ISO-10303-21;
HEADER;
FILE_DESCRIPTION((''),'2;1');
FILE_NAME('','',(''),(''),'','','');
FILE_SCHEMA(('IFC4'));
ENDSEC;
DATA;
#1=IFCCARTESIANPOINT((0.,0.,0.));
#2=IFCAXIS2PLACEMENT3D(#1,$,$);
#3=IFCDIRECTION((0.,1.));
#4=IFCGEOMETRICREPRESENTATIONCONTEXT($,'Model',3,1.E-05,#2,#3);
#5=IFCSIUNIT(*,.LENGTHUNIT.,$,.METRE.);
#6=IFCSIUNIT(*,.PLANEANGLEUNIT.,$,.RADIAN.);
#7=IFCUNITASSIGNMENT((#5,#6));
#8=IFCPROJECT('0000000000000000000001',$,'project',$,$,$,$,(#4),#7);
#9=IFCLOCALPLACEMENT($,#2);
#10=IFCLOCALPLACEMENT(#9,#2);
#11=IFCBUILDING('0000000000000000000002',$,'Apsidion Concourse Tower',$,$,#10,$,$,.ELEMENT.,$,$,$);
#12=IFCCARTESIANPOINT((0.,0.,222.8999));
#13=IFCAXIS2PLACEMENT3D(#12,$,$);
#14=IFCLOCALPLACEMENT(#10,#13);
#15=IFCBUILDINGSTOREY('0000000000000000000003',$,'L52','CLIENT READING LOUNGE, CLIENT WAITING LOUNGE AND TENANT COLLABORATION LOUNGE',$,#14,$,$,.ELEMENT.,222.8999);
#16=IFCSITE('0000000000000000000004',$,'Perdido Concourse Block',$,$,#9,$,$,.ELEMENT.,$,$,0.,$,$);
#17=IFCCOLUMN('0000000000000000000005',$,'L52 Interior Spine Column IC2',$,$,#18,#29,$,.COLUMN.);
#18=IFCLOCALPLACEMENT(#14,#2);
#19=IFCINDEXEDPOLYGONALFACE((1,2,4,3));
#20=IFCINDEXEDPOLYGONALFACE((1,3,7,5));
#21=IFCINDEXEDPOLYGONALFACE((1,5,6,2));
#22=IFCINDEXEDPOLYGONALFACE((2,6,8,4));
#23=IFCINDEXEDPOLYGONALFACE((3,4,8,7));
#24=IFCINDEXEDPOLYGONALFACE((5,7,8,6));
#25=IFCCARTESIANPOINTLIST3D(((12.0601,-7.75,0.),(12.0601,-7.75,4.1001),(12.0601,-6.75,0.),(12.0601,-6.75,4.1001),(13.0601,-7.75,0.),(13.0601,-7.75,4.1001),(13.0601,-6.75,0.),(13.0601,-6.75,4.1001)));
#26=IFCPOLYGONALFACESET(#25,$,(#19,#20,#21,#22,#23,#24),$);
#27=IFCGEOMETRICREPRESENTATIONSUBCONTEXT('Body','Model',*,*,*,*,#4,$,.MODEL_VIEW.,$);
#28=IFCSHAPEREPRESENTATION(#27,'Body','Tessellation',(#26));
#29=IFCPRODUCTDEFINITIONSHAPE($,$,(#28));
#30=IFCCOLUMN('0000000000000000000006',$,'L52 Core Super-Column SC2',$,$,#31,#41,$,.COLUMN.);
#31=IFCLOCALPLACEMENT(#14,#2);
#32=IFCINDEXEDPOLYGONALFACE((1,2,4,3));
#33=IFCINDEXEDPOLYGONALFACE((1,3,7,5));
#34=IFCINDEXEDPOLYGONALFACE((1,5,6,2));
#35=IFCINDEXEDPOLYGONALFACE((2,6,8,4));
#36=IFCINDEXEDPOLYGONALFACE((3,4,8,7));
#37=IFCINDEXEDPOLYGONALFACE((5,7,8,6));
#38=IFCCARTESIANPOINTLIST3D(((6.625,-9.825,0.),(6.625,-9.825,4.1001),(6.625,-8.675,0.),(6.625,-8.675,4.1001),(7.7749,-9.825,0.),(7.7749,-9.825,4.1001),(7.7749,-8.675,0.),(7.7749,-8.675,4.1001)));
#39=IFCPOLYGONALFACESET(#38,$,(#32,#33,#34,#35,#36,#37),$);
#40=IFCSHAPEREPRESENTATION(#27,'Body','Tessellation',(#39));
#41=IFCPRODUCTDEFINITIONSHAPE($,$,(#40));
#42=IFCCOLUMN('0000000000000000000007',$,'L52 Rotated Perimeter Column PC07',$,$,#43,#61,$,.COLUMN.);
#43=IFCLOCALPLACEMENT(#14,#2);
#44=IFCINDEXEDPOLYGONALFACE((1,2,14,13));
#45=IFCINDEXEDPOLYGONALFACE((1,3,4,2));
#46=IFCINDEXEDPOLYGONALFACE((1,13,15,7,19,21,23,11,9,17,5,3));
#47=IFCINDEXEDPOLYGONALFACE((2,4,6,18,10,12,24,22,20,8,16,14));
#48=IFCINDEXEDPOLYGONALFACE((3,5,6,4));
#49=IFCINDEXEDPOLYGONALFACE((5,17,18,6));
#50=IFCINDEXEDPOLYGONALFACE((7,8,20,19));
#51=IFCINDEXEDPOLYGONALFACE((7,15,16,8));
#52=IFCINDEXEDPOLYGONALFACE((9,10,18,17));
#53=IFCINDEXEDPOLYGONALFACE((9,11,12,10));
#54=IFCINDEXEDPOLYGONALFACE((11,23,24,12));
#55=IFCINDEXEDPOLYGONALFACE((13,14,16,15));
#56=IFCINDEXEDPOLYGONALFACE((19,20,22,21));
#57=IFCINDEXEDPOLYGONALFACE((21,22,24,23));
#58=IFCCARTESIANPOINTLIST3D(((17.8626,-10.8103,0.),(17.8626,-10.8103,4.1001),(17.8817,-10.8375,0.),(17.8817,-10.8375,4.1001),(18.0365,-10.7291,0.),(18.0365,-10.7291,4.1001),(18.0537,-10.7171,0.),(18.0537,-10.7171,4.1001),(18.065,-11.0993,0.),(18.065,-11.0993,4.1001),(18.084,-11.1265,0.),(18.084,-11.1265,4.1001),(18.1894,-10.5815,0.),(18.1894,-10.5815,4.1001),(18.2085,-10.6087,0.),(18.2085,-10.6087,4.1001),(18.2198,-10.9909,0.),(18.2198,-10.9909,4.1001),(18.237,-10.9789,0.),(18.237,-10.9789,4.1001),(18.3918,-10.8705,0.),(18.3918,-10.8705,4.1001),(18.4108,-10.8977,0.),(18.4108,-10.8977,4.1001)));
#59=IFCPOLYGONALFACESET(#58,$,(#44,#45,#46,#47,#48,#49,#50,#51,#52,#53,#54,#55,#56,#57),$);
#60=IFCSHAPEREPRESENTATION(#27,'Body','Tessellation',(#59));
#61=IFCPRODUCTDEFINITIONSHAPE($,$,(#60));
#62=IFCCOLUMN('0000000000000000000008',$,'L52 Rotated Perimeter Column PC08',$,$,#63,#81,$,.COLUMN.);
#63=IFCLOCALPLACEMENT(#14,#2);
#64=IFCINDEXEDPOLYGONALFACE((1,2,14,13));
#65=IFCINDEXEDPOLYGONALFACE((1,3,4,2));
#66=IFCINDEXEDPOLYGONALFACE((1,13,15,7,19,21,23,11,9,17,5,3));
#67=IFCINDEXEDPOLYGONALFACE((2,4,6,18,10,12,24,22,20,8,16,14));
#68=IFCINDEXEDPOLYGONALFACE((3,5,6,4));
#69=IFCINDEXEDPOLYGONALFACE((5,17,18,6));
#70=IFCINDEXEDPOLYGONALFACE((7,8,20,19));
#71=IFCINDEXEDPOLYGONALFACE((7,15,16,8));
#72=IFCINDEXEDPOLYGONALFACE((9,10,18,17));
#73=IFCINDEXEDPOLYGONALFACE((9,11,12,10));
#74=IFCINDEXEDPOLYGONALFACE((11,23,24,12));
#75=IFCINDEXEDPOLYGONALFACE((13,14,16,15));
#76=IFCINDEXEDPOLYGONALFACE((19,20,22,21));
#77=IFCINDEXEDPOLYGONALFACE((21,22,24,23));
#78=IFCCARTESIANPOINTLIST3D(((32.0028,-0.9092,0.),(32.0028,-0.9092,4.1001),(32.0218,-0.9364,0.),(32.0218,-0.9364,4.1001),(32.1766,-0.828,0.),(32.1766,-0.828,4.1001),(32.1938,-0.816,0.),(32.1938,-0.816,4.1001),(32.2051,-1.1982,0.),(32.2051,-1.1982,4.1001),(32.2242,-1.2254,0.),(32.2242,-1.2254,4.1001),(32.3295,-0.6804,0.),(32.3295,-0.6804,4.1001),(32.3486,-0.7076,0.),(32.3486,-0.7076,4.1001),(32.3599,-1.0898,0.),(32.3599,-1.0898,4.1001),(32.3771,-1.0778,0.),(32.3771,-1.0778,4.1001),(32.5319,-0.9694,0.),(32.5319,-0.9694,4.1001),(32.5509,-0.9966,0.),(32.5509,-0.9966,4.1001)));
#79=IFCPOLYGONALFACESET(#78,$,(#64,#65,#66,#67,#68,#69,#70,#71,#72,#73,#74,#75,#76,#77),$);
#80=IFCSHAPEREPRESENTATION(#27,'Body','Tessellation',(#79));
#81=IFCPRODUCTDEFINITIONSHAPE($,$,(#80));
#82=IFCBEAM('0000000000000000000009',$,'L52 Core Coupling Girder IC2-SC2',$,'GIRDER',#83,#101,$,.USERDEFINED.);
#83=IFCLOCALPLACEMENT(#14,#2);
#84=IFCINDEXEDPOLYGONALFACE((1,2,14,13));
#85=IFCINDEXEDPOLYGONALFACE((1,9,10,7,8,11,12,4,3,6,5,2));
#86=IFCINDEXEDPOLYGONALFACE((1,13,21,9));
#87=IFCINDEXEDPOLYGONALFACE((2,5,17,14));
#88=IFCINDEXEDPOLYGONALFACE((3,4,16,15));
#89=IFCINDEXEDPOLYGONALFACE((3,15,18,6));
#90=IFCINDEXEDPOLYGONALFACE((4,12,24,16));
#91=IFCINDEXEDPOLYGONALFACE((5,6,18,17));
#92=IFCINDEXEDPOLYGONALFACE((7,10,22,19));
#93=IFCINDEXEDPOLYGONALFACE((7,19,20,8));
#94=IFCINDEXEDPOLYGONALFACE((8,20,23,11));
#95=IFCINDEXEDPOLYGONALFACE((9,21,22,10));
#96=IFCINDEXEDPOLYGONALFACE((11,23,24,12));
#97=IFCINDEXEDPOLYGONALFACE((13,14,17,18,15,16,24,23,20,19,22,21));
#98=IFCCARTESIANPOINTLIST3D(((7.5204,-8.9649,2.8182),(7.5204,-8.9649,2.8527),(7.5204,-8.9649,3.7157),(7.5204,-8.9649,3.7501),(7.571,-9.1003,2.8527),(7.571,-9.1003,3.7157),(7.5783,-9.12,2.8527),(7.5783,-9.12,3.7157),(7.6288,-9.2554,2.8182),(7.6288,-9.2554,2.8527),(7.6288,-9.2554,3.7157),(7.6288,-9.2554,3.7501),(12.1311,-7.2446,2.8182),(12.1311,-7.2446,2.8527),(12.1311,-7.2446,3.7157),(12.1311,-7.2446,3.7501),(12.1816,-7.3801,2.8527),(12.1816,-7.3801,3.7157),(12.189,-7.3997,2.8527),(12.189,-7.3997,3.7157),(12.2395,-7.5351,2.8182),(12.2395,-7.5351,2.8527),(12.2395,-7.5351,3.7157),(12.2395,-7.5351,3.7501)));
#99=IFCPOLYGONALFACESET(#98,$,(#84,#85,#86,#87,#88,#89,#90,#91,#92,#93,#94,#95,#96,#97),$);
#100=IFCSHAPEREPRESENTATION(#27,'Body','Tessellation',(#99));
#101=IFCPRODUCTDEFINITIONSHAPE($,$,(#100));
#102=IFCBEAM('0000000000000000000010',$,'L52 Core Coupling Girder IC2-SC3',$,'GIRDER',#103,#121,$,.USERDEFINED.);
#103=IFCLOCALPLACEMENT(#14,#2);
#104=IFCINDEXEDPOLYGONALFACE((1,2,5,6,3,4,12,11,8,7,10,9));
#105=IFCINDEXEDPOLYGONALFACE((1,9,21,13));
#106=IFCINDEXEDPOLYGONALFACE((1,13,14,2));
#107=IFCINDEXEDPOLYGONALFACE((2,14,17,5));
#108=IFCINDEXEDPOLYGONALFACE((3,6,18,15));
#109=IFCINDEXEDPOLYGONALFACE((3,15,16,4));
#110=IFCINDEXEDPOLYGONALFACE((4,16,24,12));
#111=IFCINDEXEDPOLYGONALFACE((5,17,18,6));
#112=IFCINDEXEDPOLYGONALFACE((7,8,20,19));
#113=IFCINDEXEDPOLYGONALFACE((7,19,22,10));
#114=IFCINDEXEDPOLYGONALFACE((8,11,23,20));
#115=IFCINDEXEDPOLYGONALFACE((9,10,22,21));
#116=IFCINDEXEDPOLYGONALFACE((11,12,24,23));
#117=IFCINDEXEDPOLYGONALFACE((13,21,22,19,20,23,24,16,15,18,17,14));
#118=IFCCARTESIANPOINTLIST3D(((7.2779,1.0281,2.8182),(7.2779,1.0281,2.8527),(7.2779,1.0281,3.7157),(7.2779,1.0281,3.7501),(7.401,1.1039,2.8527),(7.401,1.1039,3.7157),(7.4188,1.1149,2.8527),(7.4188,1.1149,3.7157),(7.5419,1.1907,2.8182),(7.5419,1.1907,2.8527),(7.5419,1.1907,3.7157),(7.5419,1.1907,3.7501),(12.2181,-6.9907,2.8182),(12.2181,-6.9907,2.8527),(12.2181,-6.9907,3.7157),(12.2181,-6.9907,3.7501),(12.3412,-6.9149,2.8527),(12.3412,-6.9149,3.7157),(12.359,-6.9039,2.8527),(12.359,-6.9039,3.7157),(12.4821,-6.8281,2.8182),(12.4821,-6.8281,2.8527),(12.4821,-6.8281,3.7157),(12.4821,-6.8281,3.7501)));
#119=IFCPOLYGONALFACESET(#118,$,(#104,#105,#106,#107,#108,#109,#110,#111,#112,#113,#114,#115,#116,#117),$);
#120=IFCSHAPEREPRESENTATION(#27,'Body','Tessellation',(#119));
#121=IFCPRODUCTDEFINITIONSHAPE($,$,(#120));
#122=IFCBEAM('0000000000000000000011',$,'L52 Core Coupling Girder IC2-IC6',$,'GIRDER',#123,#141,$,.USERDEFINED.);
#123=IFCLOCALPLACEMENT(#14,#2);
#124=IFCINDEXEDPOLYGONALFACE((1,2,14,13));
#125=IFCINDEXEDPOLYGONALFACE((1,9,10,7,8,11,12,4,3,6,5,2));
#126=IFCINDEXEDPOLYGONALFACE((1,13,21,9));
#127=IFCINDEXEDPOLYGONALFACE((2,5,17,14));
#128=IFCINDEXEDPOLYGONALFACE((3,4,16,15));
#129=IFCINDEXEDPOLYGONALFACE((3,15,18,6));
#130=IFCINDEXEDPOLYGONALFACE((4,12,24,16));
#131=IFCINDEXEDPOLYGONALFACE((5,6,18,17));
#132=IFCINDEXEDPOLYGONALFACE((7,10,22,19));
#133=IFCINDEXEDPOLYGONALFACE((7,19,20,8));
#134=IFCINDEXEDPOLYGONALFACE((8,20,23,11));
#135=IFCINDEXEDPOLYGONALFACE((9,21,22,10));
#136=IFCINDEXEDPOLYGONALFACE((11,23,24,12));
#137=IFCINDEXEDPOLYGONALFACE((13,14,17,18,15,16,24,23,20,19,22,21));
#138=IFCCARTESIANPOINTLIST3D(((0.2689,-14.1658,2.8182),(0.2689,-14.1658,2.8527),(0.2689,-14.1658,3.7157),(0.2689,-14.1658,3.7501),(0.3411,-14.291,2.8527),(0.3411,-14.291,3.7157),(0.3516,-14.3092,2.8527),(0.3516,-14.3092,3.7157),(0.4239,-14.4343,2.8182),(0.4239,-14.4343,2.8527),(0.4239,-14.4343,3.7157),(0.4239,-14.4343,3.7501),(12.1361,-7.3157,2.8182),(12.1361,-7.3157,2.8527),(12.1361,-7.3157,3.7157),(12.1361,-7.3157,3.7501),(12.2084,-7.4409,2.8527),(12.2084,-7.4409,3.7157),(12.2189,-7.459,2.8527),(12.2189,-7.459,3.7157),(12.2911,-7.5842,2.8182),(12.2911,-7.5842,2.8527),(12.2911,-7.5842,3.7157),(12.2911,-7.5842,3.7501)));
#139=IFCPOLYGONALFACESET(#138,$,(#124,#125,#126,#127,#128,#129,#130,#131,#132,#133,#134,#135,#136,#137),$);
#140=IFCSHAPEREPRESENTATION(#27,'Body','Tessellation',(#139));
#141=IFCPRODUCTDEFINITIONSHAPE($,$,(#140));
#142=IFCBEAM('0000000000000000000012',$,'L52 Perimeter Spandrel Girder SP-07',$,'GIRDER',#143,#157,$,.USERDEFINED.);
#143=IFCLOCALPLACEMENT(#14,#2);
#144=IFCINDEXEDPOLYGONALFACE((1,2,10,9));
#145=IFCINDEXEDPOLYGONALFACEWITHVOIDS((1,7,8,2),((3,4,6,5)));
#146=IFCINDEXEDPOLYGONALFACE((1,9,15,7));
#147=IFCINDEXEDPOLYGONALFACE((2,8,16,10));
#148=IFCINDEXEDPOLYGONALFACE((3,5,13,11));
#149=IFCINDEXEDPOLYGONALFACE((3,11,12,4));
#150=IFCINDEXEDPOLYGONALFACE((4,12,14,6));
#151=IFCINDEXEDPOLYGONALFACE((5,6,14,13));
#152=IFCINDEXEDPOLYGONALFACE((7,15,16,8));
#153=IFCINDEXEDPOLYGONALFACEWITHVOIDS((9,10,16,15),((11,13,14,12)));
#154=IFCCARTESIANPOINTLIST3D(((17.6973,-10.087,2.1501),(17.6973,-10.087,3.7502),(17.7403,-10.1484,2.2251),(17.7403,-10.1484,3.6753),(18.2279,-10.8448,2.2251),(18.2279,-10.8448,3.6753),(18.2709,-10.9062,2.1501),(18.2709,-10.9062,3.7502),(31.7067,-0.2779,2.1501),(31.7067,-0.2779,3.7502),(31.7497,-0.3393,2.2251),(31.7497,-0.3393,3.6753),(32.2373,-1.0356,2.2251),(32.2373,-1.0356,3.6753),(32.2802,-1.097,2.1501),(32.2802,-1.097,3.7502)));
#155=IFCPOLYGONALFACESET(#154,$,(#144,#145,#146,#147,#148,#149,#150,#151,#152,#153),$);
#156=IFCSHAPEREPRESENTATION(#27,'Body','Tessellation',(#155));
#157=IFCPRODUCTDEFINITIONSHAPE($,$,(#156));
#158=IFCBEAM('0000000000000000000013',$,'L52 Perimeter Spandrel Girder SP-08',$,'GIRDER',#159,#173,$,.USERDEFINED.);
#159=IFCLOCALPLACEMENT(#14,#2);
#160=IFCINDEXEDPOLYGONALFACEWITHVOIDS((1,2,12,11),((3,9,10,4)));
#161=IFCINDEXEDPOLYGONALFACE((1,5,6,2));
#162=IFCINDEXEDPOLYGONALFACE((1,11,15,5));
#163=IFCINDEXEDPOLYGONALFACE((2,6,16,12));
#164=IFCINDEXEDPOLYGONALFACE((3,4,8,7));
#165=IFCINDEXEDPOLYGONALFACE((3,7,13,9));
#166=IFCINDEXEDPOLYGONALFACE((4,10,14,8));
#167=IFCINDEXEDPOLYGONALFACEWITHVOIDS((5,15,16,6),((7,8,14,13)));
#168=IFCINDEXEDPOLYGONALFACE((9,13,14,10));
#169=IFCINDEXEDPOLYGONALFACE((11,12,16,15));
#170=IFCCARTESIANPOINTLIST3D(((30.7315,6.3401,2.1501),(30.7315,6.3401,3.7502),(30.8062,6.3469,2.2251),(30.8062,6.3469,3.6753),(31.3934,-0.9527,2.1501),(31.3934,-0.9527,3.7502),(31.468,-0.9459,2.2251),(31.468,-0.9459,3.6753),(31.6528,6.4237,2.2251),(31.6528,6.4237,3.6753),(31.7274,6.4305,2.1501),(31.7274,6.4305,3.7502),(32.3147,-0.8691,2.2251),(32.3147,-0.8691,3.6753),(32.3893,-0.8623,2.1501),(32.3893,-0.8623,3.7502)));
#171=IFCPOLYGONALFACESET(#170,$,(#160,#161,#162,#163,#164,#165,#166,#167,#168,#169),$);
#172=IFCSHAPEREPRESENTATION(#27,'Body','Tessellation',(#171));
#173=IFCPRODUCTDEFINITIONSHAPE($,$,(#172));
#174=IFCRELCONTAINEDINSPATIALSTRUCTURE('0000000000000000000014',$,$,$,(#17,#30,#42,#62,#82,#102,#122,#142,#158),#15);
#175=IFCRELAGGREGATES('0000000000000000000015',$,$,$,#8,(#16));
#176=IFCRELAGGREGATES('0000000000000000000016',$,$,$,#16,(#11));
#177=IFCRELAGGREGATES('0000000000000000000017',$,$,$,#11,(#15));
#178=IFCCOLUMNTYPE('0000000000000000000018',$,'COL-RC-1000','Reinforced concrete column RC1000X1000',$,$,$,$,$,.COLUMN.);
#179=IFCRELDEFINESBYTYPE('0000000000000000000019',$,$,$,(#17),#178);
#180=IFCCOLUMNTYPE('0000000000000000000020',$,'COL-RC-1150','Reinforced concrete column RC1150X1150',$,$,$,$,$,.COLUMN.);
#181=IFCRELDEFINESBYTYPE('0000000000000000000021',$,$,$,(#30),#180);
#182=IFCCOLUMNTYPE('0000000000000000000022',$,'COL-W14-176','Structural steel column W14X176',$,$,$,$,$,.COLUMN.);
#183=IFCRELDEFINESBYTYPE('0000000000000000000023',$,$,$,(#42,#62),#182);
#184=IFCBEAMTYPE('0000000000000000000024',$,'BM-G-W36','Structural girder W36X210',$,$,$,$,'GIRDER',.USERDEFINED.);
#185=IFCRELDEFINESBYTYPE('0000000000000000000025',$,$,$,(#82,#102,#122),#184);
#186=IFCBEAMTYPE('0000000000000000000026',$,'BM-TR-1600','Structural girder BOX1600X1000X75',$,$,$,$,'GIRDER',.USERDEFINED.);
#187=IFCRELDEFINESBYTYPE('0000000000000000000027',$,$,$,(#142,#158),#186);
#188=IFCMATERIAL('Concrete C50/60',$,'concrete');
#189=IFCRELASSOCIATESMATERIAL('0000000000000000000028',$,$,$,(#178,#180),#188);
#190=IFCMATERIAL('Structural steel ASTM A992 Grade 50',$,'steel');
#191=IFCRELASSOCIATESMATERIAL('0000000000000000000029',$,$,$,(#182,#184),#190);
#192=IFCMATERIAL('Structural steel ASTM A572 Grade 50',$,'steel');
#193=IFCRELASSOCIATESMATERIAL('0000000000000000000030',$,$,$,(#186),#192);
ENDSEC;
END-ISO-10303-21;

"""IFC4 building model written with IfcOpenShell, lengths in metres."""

from ifc_helpers import new_model, si_unit, direction, frame, origin, origin_2d, place, context, subcontext, project, spatial, rectangle, hollow_rectangle, i_section, extrude, material, material_profile, profile_set, type_object, element, save


model = new_model("IFC4")

# Units and contexts
model_context = context("Model", 3, precision=1e-05, world=origin(), true_north=direction((0.0, 1.0)))
body_context = subcontext(model_context, "Body", "Model", "MODEL_VIEW")
ifc_project = project(units=[si_unit("LENGTHUNIT", "METRE"), si_unit("PLANEANGLEUNIT", "RADIAN")], contexts=[model_context])

# Site, building, storey
site_placement = place(None, origin())
site = spatial("IfcSite", under=ifc_project, at=site_placement, Name="Perdido Concourse Block", CompositionType="ELEMENT", RefElevation=0.0)
building_placement = place(site_placement, origin())
building = spatial("IfcBuilding", under=site, at=building_placement, Name="Apsidion Concourse Tower", CompositionType="ELEMENT")
storey_placement = place(building_placement, frame((0.0, 0.0, 222.8999)))
storey = spatial("IfcBuildingStorey", under=building, at=storey_placement, Name="L52", Description="CLIENT READING LOUNGE, CLIENT WAITING LOUNGE AND TENANT COLLABORATION LOUNGE", CompositionType="ELEMENT", Elevation=222.8999)

# Columns
ifc_material_1 = material(Name="Concrete C50/60", Category="concrete")
ifc_material_profile_1 = material_profile(ifc_material_1, rectangle(XDim=1.0, YDim=1.0, at=origin_2d()), Name="RC 1000x1000")
ifc_profile_set_1 = profile_set([ifc_material_profile_1], Name="Concrete C50/60")
column_type_1 = type_object("IfcColumnType", Name="COL-RC-1000", Description="Reinforced concrete column RC1000X1000", PredefinedType="COLUMN", material=ifc_profile_set_1)
column_1_placement = place(storey_placement, frame((12.5601, -7.25, 0.0), z_axis=(0.0, 0.0, 1.0), x_axis=(1.0, 0.0, 0.0)))
element("IfcColumn", 1, at=column_1_placement, inside=storey, type_object=column_type_1, Name="L52 Interior Spine Column IC2", PredefinedType="COLUMN", context=body_context, shape_type="SweptSolid", body=[
    extrude(rectangle(XDim=1.0, YDim=1.0, at=origin_2d()), origin(), (0.0, 0.0, 1.0), 4.1001),
])
ifc_material_profile_2 = material_profile(ifc_material_1, rectangle(XDim=1.1499, YDim=1.1499, at=origin_2d()), Name="RC 1150x1150")
ifc_profile_set_2 = profile_set([ifc_material_profile_2], Name="Concrete C50/60")
column_type_2 = type_object("IfcColumnType", Name="COL-RC-1150", Description="Reinforced concrete column RC1150X1150", PredefinedType="COLUMN", material=ifc_profile_set_2)
column_2_placement = place(storey_placement, frame((7.2, -9.25, 0.0), z_axis=(0.0, 0.0, 1.0), x_axis=(1.0, 0.0, 0.0)))
element("IfcColumn", 2, at=column_2_placement, inside=storey, type_object=column_type_2, Name="L52 Core Super-Column SC2", PredefinedType="COLUMN", context=body_context, shape_type="SweptSolid", body=[
    extrude(rectangle(XDim=1.1499, YDim=1.1499, at=origin_2d()), origin(), (0.0, 0.0, 1.0), 4.1001),
])
ifc_material_2 = material(Name="Structural steel ASTM A992 Grade 50", Category="steel")
ifc_material_profile_3 = material_profile(ifc_material_2, i_section(OverallWidth=0.3989, OverallDepth=0.386, WebThickness=0.021, FlangeThickness=0.0332, at=origin_2d()), Name="W14X176")
ifc_profile_set_3 = profile_set([ifc_material_profile_3], Name="Structural steel ASTM A992 Grade 50")
column_type_3 = type_object("IfcColumnType", Name="COL-W14-176", Description="Structural steel column W14X176", PredefinedType="COLUMN", material=ifc_profile_set_3)
for number, where, z_axis, x_axis, name in (
    (3, (18.1367, -10.854, 0.0), (0.0, 0.0, 1.0), (0.819152, 0.573576, 0.0), "L52 Rotated Perimeter Column PC07"),
    (4, (32.2769, -0.9529, 0.0), (0.0, 0.0, 1.0), (0.819152, 0.573576, 0.0), "L52 Rotated Perimeter Column PC08"),
):
    element("IfcColumn", number, at=place(storey_placement, frame(where, z_axis=z_axis, x_axis=x_axis)), inside=storey, type_object=column_type_3, Name=name, PredefinedType="COLUMN", context=body_context, shape_type="SweptSolid", body=[
        extrude(i_section(OverallWidth=0.3989, OverallDepth=0.386, WebThickness=0.021, FlangeThickness=0.0332, at=origin_2d()), origin(), (0.0, 0.0, 1.0), 4.1001),
    ])

# Beams
ifc_material_profile_4 = material_profile(ifc_material_2, i_section(OverallWidth=0.3101, OverallDepth=0.9319, WebThickness=0.021, FlangeThickness=0.0344, at=origin_2d()), Name="W36X210")
ifc_profile_set_4 = profile_set([ifc_material_profile_4], Name="Structural steel ASTM A992 Grade 50")
beam_type_1 = type_object("IfcBeamType", Name="BM-G-W36", Description="Structural girder W36X210", ElementType="GIRDER", PredefinedType="USERDEFINED", material=ifc_profile_set_4)
beam_1_placement = place(storey_placement, frame((12.1853, -7.3899, 3.2842), z_axis=(-0.936913, -0.349563, 0.0), x_axis=(0.349563, -0.936913, 0.0)))
element("IfcBeam", 5, at=beam_1_placement, inside=storey, type_object=beam_type_1, Name="L52 Core Coupling Girder IC2-SC2", ObjectType="GIRDER", PredefinedType="USERDEFINED", context=body_context, shape_type="SweptSolid", body=[
    extrude(i_section(OverallWidth=0.3101, OverallDepth=0.9319, WebThickness=0.021, FlangeThickness=0.0344, at=origin_2d()), origin(), (0.0, 0.0, 1.0), 4.9211),
])
beam_2_placement = place(storey_placement, frame((12.3501, -6.9094, 3.2842), z_axis=(-0.524524, 0.851396, 0.0), x_axis=(-0.851396, -0.524524, 0.0)))
element("IfcBeam", 6, at=beam_2_placement, inside=storey, type_object=beam_type_1, Name="L52 Core Coupling Girder IC2-SC3", ObjectType="GIRDER", PredefinedType="USERDEFINED", context=body_context, shape_type="SweptSolid", body=[
    extrude(i_section(OverallWidth=0.3101, OverallDepth=0.9319, WebThickness=0.021, FlangeThickness=0.0344, at=origin_2d()), origin(), (0.0, 0.0, 1.0), 9.4185),
])
beam_3_placement = place(storey_placement, frame((12.2136, -7.45, 3.2842), z_axis=(-0.86607, -0.499922, 0.0), x_axis=(0.499922, -0.86607, 0.0)))
element("IfcBeam", 7, at=beam_3_placement, inside=storey, type_object=beam_type_1, Name="L52 Core Coupling Girder IC2-IC6", ObjectType="GIRDER", PredefinedType="USERDEFINED", context=body_context, shape_type="SweptSolid", body=[
    extrude(i_section(OverallWidth=0.3101, OverallDepth=0.9319, WebThickness=0.021, FlangeThickness=0.0344, at=origin_2d()), origin(), (0.0, 0.0, 1.0), 13.7024),
])
ifc_material_3 = material(Name="Structural steel ASTM A572 Grade 50", Category="steel")
ifc_material_profile_5 = material_profile(ifc_material_3, hollow_rectangle(XDim=1.0, YDim=1.6001, WallThickness=0.075, at=origin_2d()), Name="BOX1600X1000X75")
ifc_profile_set_5 = profile_set([ifc_material_profile_5], Name="Structural steel ASTM A572 Grade 50")
beam_type_2 = type_object("IfcBeamType", Name="BM-TR-1600", Description="Structural girder BOX1600X1000X75", ElementType="GIRDER", PredefinedType="USERDEFINED", material=ifc_profile_set_5)
beam_4_placement = place(storey_placement, frame((17.9841, -10.4966, 2.9502), z_axis=(0.819161, 0.573564, 0.0), x_axis=(-0.573564, 0.819161, 0.0)))
element("IfcBeam", 8, at=beam_4_placement, inside=storey, type_object=beam_type_2, Name="L52 Perimeter Spandrel Girder SP-07", ObjectType="GIRDER", PredefinedType="USERDEFINED", context=body_context, shape_type="SweptSolid", body=[
    extrude(hollow_rectangle(XDim=1.0, YDim=1.6001, WallThickness=0.075, at=origin_2d()), origin(), (0.0, 0.0, 1.0), 17.1021),
])
beam_5_placement = place(storey_placement, frame((31.8914, -0.9075, 2.9502), z_axis=(-0.090385, 0.995907, 0.0), x_axis=(-0.995907, -0.090385, 0.0)))
element("IfcBeam", 9, at=beam_5_placement, inside=storey, type_object=beam_type_2, Name="L52 Perimeter Spandrel Girder SP-08", ObjectType="GIRDER", PredefinedType="USERDEFINED", context=body_context, shape_type="SweptSolid", body=[
    extrude(hollow_rectangle(XDim=1.0, YDim=1.6001, WallThickness=0.075, at=origin_2d()), origin(), (0.0, 0.0, 1.0), 7.3228),
])

save(model, "model.ifc")
